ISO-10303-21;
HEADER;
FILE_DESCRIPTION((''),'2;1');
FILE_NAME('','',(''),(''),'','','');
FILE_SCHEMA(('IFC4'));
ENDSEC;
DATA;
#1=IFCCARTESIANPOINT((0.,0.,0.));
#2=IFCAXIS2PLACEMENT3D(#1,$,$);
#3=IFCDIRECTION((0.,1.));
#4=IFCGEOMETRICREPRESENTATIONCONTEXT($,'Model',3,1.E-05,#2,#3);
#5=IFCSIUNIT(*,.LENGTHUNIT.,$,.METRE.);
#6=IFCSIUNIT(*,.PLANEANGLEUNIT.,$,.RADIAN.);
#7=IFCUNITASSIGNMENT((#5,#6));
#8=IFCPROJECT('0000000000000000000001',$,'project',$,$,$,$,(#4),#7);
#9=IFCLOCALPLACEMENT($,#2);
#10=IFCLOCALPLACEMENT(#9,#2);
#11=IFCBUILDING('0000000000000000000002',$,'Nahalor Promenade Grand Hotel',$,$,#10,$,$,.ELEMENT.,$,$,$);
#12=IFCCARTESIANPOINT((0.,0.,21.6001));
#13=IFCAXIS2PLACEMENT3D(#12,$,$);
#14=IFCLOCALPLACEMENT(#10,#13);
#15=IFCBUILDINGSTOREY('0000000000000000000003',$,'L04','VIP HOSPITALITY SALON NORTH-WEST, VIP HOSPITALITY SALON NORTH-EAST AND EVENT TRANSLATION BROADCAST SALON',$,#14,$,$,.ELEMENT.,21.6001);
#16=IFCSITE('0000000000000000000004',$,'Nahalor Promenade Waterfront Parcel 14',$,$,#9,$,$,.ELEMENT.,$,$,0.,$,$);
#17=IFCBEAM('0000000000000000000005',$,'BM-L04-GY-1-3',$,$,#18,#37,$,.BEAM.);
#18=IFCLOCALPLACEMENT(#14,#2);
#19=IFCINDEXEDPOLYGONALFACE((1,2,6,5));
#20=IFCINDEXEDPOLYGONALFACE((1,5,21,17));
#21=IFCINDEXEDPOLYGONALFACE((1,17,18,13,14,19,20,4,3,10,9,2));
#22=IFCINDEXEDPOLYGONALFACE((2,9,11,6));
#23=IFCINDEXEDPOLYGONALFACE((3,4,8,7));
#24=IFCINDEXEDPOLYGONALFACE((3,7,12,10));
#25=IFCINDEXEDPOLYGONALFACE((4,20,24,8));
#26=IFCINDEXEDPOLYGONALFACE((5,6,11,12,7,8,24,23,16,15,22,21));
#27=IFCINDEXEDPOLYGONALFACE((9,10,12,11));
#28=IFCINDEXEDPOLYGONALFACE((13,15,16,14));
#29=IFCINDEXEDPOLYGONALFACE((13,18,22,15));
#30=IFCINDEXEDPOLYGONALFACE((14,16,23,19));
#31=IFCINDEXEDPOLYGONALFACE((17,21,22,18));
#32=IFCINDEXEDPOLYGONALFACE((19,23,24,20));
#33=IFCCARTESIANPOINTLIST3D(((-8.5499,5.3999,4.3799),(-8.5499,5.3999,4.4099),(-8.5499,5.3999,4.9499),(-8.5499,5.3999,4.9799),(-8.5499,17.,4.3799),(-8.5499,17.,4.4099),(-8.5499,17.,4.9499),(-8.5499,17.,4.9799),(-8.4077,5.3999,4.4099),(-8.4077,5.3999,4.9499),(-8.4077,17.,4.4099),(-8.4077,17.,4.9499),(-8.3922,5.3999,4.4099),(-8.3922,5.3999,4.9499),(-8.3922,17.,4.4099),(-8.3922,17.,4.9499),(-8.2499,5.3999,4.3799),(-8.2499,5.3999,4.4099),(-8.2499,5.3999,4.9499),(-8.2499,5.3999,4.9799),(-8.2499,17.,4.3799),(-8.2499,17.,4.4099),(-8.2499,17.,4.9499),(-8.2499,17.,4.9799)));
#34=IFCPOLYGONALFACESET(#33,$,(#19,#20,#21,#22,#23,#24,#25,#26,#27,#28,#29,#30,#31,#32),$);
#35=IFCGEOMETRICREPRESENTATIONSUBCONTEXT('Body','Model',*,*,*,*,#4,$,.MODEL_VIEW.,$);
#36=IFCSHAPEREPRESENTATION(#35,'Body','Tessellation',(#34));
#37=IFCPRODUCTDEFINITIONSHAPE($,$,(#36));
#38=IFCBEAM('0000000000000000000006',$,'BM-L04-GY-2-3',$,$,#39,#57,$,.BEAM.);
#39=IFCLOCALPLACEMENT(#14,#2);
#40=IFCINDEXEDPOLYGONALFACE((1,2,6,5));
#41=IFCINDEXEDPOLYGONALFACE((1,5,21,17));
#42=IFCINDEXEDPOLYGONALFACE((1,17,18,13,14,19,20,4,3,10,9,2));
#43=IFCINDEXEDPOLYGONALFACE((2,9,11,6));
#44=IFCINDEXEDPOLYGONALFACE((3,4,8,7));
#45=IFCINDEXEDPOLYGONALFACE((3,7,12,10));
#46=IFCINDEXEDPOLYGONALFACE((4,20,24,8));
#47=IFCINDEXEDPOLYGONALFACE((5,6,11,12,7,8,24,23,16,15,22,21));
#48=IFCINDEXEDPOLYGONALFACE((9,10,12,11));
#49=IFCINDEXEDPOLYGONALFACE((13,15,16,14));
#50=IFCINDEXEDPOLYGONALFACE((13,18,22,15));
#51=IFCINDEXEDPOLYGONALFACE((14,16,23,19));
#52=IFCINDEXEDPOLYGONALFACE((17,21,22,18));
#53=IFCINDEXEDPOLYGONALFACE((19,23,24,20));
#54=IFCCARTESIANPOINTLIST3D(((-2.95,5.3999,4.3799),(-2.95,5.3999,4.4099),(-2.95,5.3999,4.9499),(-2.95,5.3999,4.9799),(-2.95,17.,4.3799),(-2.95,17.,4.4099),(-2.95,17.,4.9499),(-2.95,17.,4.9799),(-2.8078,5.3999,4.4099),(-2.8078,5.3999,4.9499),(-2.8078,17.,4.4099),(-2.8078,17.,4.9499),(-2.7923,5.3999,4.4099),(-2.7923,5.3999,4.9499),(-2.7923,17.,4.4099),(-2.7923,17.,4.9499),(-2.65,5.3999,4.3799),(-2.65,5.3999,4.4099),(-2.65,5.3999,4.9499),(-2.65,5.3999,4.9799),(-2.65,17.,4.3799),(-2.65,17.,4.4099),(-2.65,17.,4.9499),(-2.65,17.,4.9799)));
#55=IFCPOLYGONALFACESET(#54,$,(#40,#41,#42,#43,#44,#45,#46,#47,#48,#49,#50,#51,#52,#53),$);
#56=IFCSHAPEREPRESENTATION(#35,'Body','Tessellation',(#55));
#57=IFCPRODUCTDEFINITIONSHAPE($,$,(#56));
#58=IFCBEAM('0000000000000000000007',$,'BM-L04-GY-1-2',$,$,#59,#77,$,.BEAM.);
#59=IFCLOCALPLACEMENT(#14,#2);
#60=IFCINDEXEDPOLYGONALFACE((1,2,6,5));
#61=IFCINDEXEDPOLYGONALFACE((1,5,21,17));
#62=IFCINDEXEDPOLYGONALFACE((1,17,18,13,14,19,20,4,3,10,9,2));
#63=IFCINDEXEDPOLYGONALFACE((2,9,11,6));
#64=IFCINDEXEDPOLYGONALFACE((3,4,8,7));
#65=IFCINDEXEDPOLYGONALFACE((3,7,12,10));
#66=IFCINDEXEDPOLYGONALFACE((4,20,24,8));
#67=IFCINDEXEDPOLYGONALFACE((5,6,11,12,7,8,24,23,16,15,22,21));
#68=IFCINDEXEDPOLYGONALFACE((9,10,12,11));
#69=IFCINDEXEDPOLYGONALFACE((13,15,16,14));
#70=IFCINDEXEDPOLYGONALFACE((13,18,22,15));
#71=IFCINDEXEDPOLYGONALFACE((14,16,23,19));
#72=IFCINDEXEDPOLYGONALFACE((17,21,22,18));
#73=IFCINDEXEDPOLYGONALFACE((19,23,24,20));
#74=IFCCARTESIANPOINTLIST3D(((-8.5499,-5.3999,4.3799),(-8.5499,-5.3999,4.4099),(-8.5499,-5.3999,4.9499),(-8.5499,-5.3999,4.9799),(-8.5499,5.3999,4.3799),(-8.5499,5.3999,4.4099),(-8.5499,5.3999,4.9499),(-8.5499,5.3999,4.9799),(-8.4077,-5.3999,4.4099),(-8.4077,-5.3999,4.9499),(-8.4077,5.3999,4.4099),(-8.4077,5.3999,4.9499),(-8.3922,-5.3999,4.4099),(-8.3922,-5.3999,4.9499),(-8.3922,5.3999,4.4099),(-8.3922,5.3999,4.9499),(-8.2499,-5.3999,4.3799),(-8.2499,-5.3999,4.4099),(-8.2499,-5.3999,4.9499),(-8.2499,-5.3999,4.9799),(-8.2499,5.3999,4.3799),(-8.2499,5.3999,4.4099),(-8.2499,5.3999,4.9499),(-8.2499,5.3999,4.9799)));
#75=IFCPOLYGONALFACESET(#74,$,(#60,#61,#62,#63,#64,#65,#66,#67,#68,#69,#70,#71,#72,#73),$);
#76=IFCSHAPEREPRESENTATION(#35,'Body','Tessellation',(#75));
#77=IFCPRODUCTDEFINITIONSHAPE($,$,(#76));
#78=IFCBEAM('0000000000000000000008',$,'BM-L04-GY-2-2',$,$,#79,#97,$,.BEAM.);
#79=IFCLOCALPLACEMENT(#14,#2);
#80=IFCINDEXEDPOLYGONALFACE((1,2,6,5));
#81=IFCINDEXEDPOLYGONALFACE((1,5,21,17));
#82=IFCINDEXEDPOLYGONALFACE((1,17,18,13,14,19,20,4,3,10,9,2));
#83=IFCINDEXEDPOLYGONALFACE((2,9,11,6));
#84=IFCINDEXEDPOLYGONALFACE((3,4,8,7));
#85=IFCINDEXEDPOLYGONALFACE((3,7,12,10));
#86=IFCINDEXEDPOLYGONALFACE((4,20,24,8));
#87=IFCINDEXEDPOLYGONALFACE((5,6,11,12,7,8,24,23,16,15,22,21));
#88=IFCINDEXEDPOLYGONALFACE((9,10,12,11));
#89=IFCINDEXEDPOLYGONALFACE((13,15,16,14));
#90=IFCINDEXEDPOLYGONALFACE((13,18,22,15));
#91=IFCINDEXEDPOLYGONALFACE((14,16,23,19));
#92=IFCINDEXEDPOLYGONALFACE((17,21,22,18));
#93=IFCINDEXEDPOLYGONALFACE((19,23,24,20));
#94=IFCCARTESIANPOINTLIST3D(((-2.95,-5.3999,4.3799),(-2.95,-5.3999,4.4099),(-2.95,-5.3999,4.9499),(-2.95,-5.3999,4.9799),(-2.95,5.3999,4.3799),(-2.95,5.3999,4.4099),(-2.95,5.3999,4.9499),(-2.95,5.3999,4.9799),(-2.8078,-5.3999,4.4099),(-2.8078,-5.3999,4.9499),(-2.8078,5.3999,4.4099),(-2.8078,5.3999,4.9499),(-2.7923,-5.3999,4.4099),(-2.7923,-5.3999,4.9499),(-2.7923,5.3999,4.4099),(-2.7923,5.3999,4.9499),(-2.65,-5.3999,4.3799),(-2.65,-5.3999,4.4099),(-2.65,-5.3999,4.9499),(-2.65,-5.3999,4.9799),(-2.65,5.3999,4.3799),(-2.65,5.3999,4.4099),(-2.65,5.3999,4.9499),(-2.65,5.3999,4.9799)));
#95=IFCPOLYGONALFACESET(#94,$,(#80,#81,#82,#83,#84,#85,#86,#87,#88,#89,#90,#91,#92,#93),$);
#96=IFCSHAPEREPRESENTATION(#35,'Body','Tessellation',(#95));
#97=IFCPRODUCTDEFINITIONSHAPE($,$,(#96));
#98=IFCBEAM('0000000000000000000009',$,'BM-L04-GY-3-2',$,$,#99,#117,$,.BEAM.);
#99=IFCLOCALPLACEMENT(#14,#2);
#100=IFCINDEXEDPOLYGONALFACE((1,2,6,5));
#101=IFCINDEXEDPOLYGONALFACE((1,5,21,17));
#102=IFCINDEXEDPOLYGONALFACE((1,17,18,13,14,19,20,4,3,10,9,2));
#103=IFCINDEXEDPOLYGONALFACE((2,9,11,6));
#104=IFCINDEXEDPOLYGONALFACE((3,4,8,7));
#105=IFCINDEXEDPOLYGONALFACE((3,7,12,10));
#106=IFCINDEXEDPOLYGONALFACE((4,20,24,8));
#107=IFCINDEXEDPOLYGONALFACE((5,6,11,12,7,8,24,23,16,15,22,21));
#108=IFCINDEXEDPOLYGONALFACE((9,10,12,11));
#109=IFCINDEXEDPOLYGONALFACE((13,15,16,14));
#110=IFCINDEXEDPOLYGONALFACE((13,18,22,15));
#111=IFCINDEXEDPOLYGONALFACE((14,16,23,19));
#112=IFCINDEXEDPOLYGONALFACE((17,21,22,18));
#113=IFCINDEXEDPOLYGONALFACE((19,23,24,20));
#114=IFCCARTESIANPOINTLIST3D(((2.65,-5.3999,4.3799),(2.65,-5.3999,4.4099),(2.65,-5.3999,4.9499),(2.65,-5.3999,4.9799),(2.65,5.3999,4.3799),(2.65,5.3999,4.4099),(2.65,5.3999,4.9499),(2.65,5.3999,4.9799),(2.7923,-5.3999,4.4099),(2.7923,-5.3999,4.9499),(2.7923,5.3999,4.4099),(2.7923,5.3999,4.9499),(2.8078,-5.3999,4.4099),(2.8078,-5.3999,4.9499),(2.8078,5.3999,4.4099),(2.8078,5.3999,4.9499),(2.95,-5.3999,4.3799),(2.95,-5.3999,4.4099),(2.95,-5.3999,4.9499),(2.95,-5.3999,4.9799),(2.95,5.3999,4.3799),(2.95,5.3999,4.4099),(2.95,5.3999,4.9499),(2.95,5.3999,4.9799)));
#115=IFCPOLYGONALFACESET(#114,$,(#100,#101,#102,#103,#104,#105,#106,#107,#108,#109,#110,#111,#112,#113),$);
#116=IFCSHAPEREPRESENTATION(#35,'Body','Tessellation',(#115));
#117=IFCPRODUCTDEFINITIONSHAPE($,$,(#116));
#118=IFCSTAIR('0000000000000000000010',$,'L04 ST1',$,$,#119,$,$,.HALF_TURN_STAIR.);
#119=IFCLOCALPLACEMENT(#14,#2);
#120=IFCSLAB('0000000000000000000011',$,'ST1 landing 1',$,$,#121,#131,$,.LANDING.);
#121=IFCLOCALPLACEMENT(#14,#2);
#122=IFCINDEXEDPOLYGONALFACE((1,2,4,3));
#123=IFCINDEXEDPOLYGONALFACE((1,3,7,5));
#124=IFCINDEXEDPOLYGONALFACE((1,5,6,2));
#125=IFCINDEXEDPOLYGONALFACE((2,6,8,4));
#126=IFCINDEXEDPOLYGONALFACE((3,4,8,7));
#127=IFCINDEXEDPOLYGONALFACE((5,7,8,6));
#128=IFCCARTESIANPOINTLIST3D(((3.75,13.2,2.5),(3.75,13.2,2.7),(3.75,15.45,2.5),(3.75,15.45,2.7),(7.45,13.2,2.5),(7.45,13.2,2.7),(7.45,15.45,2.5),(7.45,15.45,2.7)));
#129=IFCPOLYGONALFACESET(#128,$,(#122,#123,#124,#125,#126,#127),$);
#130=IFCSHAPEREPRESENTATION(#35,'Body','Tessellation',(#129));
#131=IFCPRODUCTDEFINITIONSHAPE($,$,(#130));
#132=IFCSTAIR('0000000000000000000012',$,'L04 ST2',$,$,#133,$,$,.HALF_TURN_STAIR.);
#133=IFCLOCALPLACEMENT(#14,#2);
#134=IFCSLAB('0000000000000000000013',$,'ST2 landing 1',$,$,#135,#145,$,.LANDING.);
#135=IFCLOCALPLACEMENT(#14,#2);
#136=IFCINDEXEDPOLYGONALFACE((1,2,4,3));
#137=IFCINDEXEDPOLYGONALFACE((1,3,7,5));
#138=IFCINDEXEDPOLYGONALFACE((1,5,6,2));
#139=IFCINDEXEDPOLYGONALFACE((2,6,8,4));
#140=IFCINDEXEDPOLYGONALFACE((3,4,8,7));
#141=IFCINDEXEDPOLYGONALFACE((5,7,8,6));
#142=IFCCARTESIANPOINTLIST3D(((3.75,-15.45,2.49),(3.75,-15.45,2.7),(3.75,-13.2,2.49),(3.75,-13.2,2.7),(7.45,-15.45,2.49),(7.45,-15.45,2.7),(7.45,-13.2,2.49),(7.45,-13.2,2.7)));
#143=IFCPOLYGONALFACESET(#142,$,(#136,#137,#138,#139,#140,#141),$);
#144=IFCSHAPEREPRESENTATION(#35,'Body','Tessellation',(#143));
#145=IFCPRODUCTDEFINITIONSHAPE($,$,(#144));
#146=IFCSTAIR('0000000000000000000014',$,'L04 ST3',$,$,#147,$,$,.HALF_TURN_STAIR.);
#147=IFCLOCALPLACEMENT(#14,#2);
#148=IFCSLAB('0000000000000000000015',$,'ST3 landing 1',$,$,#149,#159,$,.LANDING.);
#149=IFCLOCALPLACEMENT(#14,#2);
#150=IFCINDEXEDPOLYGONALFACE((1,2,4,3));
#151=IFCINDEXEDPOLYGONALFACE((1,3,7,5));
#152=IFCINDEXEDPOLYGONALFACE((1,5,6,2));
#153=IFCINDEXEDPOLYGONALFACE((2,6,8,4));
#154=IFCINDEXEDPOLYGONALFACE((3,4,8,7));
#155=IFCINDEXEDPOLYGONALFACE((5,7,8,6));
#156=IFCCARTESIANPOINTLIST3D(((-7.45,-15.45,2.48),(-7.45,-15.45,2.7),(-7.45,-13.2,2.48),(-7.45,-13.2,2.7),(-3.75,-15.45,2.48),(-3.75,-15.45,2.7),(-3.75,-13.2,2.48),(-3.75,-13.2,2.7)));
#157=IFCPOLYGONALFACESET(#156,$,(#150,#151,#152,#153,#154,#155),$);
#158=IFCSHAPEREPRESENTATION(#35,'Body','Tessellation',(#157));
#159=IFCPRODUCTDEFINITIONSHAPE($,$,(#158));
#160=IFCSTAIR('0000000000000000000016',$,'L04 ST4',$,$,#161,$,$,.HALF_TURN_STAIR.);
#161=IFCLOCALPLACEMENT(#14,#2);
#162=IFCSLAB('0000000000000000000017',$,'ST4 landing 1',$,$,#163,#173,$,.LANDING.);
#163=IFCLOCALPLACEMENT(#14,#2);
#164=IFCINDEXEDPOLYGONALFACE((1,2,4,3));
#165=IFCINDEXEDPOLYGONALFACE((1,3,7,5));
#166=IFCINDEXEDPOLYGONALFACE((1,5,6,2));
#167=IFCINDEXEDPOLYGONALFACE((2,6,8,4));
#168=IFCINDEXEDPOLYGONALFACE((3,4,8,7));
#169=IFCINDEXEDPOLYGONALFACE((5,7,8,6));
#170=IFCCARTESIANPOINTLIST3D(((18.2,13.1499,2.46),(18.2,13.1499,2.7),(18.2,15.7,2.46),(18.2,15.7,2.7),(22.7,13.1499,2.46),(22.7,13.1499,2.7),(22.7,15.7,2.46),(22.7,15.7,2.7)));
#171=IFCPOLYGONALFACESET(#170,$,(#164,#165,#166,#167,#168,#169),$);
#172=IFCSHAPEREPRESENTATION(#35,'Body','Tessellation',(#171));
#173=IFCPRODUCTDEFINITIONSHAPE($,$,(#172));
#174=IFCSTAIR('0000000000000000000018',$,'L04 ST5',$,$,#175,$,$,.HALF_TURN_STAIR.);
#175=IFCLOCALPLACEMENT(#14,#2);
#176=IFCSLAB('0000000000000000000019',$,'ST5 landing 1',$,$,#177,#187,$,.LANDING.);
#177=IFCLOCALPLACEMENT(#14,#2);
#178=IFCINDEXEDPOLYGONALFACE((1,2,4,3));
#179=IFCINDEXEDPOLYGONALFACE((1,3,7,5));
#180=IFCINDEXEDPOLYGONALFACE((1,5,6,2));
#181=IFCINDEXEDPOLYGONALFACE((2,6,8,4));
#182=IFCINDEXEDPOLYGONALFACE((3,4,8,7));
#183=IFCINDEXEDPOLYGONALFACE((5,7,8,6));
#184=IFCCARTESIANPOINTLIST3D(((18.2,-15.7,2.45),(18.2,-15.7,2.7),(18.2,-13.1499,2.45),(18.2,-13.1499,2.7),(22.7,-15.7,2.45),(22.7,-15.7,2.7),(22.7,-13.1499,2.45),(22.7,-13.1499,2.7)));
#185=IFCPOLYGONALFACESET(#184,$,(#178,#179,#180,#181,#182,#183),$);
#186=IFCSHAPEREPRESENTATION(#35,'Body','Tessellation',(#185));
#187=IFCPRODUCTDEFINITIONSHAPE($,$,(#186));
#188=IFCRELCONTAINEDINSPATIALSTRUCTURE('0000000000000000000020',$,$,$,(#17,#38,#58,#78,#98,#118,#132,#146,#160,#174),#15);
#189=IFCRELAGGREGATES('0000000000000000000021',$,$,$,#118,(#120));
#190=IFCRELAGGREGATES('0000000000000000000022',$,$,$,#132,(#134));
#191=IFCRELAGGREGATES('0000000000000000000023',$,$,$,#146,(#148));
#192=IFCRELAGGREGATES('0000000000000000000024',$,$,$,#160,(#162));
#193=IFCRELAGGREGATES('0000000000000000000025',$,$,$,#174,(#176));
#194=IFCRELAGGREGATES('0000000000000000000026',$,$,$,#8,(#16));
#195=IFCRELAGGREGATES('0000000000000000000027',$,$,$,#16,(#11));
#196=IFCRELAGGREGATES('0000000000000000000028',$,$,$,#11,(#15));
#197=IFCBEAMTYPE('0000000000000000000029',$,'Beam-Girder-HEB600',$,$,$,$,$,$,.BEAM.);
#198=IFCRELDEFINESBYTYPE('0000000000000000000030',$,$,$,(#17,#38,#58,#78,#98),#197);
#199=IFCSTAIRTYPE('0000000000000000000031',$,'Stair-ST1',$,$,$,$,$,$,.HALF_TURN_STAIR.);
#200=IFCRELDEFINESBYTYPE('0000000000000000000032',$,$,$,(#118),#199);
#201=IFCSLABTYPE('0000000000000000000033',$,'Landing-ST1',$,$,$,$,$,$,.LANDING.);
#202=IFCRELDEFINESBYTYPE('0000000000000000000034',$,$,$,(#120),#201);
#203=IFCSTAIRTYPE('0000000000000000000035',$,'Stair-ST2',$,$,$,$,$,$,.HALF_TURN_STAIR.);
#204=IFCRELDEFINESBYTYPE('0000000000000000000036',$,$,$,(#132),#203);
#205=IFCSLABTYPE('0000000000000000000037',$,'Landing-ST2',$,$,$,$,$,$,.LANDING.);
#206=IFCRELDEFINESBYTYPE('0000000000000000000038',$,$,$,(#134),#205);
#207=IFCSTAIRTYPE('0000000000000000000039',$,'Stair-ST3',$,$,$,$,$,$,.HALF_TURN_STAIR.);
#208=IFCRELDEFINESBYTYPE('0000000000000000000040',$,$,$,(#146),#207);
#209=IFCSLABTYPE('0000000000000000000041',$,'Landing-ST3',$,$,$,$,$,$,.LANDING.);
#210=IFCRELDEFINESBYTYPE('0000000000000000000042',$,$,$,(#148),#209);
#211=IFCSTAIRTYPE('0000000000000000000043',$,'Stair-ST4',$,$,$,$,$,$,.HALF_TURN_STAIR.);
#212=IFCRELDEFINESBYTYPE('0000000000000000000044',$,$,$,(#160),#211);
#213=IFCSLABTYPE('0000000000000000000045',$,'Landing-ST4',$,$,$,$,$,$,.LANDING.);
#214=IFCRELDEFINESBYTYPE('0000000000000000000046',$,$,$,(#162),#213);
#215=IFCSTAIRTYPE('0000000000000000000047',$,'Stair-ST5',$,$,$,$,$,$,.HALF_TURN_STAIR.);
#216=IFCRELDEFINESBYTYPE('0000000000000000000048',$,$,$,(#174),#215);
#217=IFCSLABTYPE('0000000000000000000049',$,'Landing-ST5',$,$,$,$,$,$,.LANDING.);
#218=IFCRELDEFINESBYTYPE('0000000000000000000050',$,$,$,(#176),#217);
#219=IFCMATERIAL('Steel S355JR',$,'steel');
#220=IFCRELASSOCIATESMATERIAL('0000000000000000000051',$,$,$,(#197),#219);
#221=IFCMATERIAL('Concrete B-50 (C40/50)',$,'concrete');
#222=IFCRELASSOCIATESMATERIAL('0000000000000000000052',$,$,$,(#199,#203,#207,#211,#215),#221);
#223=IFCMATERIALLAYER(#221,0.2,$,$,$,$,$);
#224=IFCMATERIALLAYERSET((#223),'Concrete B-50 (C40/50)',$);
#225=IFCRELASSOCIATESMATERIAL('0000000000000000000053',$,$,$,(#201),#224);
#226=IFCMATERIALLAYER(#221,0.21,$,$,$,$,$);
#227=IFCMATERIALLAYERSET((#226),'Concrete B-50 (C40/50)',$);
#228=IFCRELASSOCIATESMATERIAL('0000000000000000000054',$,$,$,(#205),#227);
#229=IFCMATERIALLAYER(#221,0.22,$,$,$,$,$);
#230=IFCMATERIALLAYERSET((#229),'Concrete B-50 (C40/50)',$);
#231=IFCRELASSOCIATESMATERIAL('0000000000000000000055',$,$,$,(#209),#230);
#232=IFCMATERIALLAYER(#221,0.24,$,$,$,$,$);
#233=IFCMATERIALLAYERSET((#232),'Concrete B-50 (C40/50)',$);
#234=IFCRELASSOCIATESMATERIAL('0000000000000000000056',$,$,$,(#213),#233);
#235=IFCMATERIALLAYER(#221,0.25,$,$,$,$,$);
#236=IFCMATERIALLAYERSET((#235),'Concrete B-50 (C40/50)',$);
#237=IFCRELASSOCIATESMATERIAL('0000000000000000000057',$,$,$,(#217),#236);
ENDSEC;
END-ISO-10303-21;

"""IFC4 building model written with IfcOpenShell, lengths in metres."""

from ifc_helpers import new_model, si_unit, direction, frame, origin, origin_2d, place, context, subcontext, project, spatial, polyline, i_section, outline, extrude, source, transform, mapped, material, layer, layer_set, material_profile, profile_set, type_object, element, aggregate, save


model = new_model("IFC4")

# Units and contexts
model_context = context("Model", 3, precision=1e-05, world=origin(), true_north=direction((0.0, 1.0)))
body_context = subcontext(model_context, "Body", "Model", "MODEL_VIEW")
ifc_project = project(units=[si_unit("LENGTHUNIT", "METRE"), si_unit("PLANEANGLEUNIT", "RADIAN")], contexts=[model_context])

# Site, building, storey
site_placement = place(None, origin())
site = spatial("IfcSite", under=ifc_project, at=site_placement, Name="Nahalor Promenade Waterfront Parcel 14", CompositionType="ELEMENT", RefElevation=0.0)
building_placement = place(site_placement, origin())
building = spatial("IfcBuilding", under=site, at=building_placement, Name="Nahalor Promenade Grand Hotel", CompositionType="ELEMENT")
storey_placement = place(building_placement, frame((0.0, 0.0, 21.6001)))
storey = spatial("IfcBuildingStorey", under=building, at=storey_placement, Name="L04", Description="VIP HOSPITALITY SALON NORTH-WEST, VIP HOSPITALITY SALON NORTH-EAST AND EVENT TRANSLATION BROADCAST SALON", CompositionType="ELEMENT", Elevation=21.6001)

# Beams
ifc_material_1 = material(Name="Steel S355JR", Category="steel")
ifc_material_profile_1 = material_profile(ifc_material_1, i_section(OverallWidth=0.3, OverallDepth=0.6, WebThickness=0.0155, FlangeThickness=0.03, at=origin_2d()), Name="HEB 600")
ifc_profile_set_1 = profile_set([ifc_material_profile_1], Name="Steel S355JR")
beam_type = type_object("IfcBeamType", Name="Beam-Girder-HEB600", PredefinedType="BEAM", material=ifc_profile_set_1)
shared_shape_1 = source(origin(), body_context, "Body", "SweptSolid", [
    extrude(i_section(OverallWidth=0.3, OverallDepth=0.6, WebThickness=0.0155, FlangeThickness=0.03, at=origin_2d()), origin(), (0.0, 0.0, 1.0), 11.6001),
])
for number, where, z_axis, x_axis, name in (
    (1, (-8.3999, 5.3999, 4.6799), (0.0, 1.0, 0.0), (-1.0, 0.0, 0.0), "BM-L04-GY-1-3"),
    (2, (-2.8, 5.3999, 4.6799), (0.0, 1.0, 0.0), (-1.0, 0.0, 0.0), "BM-L04-GY-2-3"),
):
    element("IfcBeam", number, at=place(storey_placement, frame(where, z_axis=z_axis, x_axis=x_axis)), inside=storey, type_object=beam_type, Name=name, PredefinedType="BEAM", context=body_context, shape_type="MappedRepresentation", body=[
        mapped(shared_shape_1, transform((0.0, 0.0, 0.0), scale=1.0)),
    ])
shared_shape_2 = source(origin(), body_context, "Body", "SweptSolid", [
    extrude(i_section(OverallWidth=0.3, OverallDepth=0.6, WebThickness=0.0155, FlangeThickness=0.03, at=origin_2d()), origin(), (0.0, 0.0, 1.0), 10.7998),
])
for number, where, z_axis, x_axis, name in (
    (3, (-8.3999, -5.3999, 4.6799), (0.0, 1.0, 0.0), (-1.0, 0.0, 0.0), "BM-L04-GY-1-2"),
    (4, (-2.8, -5.3999, 4.6799), (0.0, 1.0, 0.0), (-1.0, 0.0, 0.0), "BM-L04-GY-2-2"),
    (5, (2.8, -5.3999, 4.6799), (0.0, 1.0, 0.0), (-1.0, 0.0, 0.0), "BM-L04-GY-3-2"),
):
    element("IfcBeam", number, at=place(storey_placement, frame(where, z_axis=z_axis, x_axis=x_axis)), inside=storey, type_object=beam_type, Name=name, PredefinedType="BEAM", context=body_context, shape_type="MappedRepresentation", body=[
        mapped(shared_shape_2, transform((0.0, 0.0, 0.0), scale=1.0)),
    ])

# Stairs, slabs
ifc_material_2 = material(Name="Concrete B-50 (C40/50)", Category="concrete")
stair_type_1 = type_object("IfcStairType", Name="Stair-ST1", PredefinedType="HALF_TURN_STAIR", material=ifc_material_2)
stair_1_placement = place(storey_placement, origin())
stair_1 = element("IfcStair", 6, at=stair_1_placement, inside=storey, type_object=stair_type_1, Name="L04 ST1", PredefinedType="HALF_TURN_STAIR")
ifc_layer_1 = layer(ifc_material_2, 0.2)
ifc_layer_set_1 = layer_set([ifc_layer_1], Name="Concrete B-50 (C40/50)")
slab_type_1 = type_object("IfcSlabType", Name="Landing-ST1", PredefinedType="LANDING", material=ifc_layer_set_1)
slab_1_placement = place(storey_placement, frame((0.0, 0.0, 2.5)))
slab_1 = element("IfcSlab", 7, at=slab_1_placement, type_object=slab_type_1, Name="ST1 landing 1", PredefinedType="LANDING", context=body_context, shape_type="SweptSolid", body=[
    extrude(outline(polyline([(7.45, 13.2), (7.45, 15.45), (3.75, 15.45), (3.75, 13.2), (7.45, 13.2)])), origin(), (0.0, 0.0, 1.0), 0.2),
])
aggregate(stair_1, [slab_1])
stair_type_2 = type_object("IfcStairType", Name="Stair-ST2", PredefinedType="HALF_TURN_STAIR", material=ifc_material_2)
stair_2_placement = place(storey_placement, origin())
stair_2 = element("IfcStair", 8, at=stair_2_placement, inside=storey, type_object=stair_type_2, Name="L04 ST2", PredefinedType="HALF_TURN_STAIR")
ifc_layer_2 = layer(ifc_material_2, 0.21)
ifc_layer_set_2 = layer_set([ifc_layer_2], Name="Concrete B-50 (C40/50)")
slab_type_2 = type_object("IfcSlabType", Name="Landing-ST2", PredefinedType="LANDING", material=ifc_layer_set_2)
slab_2_placement = place(storey_placement, frame((0.0, 0.0, 2.49)))
slab_2 = element("IfcSlab", 9, at=slab_2_placement, type_object=slab_type_2, Name="ST2 landing 1", PredefinedType="LANDING", context=body_context, shape_type="SweptSolid", body=[
    extrude(outline(polyline([(3.75, -13.2), (3.75, -15.45), (7.45, -15.45), (7.45, -13.2), (3.75, -13.2)])), origin(), (0.0, 0.0, 1.0), 0.21),
])
aggregate(stair_2, [slab_2])
stair_type_3 = type_object("IfcStairType", Name="Stair-ST3", PredefinedType="HALF_TURN_STAIR", material=ifc_material_2)
stair_3_placement = place(storey_placement, origin())
stair_3 = element("IfcStair", 10, at=stair_3_placement, inside=storey, type_object=stair_type_3, Name="L04 ST3", PredefinedType="HALF_TURN_STAIR")
ifc_layer_3 = layer(ifc_material_2, 0.22)
ifc_layer_set_3 = layer_set([ifc_layer_3], Name="Concrete B-50 (C40/50)")
slab_type_3 = type_object("IfcSlabType", Name="Landing-ST3", PredefinedType="LANDING", material=ifc_layer_set_3)
slab_3_placement = place(storey_placement, frame((0.0, 0.0, 2.48)))
slab_3 = element("IfcSlab", 11, at=slab_3_placement, type_object=slab_type_3, Name="ST3 landing 1", PredefinedType="LANDING", context=body_context, shape_type="SweptSolid", body=[
    extrude(outline(polyline([(-7.45, -13.2), (-7.45, -15.45), (-3.75, -15.45), (-3.75, -13.2), (-7.45, -13.2)])), origin(), (0.0, 0.0, 1.0), 0.22),
])
aggregate(stair_3, [slab_3])
stair_type_4 = type_object("IfcStairType", Name="Stair-ST4", PredefinedType="HALF_TURN_STAIR", material=ifc_material_2)
stair_4_placement = place(storey_placement, origin())
stair_4 = element("IfcStair", 12, at=stair_4_placement, inside=storey, type_object=stair_type_4, Name="L04 ST4", PredefinedType="HALF_TURN_STAIR")
ifc_layer_4 = layer(ifc_material_2, 0.24)
ifc_layer_set_4 = layer_set([ifc_layer_4], Name="Concrete B-50 (C40/50)")
slab_type_4 = type_object("IfcSlabType", Name="Landing-ST4", PredefinedType="LANDING", material=ifc_layer_set_4)
slab_4_placement = place(storey_placement, frame((0.0, 0.0, 2.46)))
slab_4 = element("IfcSlab", 13, at=slab_4_placement, type_object=slab_type_4, Name="ST4 landing 1", PredefinedType="LANDING", context=body_context, shape_type="SweptSolid", body=[
    extrude(outline(polyline([(22.7, 13.1499), (22.7, 15.7), (18.2, 15.7), (18.2, 13.1499), (22.7, 13.1499)])), origin(), (0.0, 0.0, 1.0), 0.24),
])
aggregate(stair_4, [slab_4])
stair_type_5 = type_object("IfcStairType", Name="Stair-ST5", PredefinedType="HALF_TURN_STAIR", material=ifc_material_2)
stair_5_placement = place(storey_placement, origin())
stair_5 = element("IfcStair", 14, at=stair_5_placement, inside=storey, type_object=stair_type_5, Name="L04 ST5", PredefinedType="HALF_TURN_STAIR")
ifc_layer_5 = layer(ifc_material_2, 0.25)
ifc_layer_set_5 = layer_set([ifc_layer_5], Name="Concrete B-50 (C40/50)")
slab_type_5 = type_object("IfcSlabType", Name="Landing-ST5", PredefinedType="LANDING", material=ifc_layer_set_5)
slab_5_placement = place(storey_placement, frame((0.0, 0.0, 2.45)))
slab_5 = element("IfcSlab", 15, at=slab_5_placement, type_object=slab_type_5, Name="ST5 landing 1", PredefinedType="LANDING", context=body_context, shape_type="SweptSolid", body=[
    extrude(outline(polyline([(18.2, -13.1499), (18.2, -15.7), (22.7, -15.7), (22.7, -13.1499), (18.2, -13.1499)])), origin(), (0.0, 0.0, 1.0), 0.25),
])
aggregate(stair_5, [slab_5])

save(model, "model.ifc")
